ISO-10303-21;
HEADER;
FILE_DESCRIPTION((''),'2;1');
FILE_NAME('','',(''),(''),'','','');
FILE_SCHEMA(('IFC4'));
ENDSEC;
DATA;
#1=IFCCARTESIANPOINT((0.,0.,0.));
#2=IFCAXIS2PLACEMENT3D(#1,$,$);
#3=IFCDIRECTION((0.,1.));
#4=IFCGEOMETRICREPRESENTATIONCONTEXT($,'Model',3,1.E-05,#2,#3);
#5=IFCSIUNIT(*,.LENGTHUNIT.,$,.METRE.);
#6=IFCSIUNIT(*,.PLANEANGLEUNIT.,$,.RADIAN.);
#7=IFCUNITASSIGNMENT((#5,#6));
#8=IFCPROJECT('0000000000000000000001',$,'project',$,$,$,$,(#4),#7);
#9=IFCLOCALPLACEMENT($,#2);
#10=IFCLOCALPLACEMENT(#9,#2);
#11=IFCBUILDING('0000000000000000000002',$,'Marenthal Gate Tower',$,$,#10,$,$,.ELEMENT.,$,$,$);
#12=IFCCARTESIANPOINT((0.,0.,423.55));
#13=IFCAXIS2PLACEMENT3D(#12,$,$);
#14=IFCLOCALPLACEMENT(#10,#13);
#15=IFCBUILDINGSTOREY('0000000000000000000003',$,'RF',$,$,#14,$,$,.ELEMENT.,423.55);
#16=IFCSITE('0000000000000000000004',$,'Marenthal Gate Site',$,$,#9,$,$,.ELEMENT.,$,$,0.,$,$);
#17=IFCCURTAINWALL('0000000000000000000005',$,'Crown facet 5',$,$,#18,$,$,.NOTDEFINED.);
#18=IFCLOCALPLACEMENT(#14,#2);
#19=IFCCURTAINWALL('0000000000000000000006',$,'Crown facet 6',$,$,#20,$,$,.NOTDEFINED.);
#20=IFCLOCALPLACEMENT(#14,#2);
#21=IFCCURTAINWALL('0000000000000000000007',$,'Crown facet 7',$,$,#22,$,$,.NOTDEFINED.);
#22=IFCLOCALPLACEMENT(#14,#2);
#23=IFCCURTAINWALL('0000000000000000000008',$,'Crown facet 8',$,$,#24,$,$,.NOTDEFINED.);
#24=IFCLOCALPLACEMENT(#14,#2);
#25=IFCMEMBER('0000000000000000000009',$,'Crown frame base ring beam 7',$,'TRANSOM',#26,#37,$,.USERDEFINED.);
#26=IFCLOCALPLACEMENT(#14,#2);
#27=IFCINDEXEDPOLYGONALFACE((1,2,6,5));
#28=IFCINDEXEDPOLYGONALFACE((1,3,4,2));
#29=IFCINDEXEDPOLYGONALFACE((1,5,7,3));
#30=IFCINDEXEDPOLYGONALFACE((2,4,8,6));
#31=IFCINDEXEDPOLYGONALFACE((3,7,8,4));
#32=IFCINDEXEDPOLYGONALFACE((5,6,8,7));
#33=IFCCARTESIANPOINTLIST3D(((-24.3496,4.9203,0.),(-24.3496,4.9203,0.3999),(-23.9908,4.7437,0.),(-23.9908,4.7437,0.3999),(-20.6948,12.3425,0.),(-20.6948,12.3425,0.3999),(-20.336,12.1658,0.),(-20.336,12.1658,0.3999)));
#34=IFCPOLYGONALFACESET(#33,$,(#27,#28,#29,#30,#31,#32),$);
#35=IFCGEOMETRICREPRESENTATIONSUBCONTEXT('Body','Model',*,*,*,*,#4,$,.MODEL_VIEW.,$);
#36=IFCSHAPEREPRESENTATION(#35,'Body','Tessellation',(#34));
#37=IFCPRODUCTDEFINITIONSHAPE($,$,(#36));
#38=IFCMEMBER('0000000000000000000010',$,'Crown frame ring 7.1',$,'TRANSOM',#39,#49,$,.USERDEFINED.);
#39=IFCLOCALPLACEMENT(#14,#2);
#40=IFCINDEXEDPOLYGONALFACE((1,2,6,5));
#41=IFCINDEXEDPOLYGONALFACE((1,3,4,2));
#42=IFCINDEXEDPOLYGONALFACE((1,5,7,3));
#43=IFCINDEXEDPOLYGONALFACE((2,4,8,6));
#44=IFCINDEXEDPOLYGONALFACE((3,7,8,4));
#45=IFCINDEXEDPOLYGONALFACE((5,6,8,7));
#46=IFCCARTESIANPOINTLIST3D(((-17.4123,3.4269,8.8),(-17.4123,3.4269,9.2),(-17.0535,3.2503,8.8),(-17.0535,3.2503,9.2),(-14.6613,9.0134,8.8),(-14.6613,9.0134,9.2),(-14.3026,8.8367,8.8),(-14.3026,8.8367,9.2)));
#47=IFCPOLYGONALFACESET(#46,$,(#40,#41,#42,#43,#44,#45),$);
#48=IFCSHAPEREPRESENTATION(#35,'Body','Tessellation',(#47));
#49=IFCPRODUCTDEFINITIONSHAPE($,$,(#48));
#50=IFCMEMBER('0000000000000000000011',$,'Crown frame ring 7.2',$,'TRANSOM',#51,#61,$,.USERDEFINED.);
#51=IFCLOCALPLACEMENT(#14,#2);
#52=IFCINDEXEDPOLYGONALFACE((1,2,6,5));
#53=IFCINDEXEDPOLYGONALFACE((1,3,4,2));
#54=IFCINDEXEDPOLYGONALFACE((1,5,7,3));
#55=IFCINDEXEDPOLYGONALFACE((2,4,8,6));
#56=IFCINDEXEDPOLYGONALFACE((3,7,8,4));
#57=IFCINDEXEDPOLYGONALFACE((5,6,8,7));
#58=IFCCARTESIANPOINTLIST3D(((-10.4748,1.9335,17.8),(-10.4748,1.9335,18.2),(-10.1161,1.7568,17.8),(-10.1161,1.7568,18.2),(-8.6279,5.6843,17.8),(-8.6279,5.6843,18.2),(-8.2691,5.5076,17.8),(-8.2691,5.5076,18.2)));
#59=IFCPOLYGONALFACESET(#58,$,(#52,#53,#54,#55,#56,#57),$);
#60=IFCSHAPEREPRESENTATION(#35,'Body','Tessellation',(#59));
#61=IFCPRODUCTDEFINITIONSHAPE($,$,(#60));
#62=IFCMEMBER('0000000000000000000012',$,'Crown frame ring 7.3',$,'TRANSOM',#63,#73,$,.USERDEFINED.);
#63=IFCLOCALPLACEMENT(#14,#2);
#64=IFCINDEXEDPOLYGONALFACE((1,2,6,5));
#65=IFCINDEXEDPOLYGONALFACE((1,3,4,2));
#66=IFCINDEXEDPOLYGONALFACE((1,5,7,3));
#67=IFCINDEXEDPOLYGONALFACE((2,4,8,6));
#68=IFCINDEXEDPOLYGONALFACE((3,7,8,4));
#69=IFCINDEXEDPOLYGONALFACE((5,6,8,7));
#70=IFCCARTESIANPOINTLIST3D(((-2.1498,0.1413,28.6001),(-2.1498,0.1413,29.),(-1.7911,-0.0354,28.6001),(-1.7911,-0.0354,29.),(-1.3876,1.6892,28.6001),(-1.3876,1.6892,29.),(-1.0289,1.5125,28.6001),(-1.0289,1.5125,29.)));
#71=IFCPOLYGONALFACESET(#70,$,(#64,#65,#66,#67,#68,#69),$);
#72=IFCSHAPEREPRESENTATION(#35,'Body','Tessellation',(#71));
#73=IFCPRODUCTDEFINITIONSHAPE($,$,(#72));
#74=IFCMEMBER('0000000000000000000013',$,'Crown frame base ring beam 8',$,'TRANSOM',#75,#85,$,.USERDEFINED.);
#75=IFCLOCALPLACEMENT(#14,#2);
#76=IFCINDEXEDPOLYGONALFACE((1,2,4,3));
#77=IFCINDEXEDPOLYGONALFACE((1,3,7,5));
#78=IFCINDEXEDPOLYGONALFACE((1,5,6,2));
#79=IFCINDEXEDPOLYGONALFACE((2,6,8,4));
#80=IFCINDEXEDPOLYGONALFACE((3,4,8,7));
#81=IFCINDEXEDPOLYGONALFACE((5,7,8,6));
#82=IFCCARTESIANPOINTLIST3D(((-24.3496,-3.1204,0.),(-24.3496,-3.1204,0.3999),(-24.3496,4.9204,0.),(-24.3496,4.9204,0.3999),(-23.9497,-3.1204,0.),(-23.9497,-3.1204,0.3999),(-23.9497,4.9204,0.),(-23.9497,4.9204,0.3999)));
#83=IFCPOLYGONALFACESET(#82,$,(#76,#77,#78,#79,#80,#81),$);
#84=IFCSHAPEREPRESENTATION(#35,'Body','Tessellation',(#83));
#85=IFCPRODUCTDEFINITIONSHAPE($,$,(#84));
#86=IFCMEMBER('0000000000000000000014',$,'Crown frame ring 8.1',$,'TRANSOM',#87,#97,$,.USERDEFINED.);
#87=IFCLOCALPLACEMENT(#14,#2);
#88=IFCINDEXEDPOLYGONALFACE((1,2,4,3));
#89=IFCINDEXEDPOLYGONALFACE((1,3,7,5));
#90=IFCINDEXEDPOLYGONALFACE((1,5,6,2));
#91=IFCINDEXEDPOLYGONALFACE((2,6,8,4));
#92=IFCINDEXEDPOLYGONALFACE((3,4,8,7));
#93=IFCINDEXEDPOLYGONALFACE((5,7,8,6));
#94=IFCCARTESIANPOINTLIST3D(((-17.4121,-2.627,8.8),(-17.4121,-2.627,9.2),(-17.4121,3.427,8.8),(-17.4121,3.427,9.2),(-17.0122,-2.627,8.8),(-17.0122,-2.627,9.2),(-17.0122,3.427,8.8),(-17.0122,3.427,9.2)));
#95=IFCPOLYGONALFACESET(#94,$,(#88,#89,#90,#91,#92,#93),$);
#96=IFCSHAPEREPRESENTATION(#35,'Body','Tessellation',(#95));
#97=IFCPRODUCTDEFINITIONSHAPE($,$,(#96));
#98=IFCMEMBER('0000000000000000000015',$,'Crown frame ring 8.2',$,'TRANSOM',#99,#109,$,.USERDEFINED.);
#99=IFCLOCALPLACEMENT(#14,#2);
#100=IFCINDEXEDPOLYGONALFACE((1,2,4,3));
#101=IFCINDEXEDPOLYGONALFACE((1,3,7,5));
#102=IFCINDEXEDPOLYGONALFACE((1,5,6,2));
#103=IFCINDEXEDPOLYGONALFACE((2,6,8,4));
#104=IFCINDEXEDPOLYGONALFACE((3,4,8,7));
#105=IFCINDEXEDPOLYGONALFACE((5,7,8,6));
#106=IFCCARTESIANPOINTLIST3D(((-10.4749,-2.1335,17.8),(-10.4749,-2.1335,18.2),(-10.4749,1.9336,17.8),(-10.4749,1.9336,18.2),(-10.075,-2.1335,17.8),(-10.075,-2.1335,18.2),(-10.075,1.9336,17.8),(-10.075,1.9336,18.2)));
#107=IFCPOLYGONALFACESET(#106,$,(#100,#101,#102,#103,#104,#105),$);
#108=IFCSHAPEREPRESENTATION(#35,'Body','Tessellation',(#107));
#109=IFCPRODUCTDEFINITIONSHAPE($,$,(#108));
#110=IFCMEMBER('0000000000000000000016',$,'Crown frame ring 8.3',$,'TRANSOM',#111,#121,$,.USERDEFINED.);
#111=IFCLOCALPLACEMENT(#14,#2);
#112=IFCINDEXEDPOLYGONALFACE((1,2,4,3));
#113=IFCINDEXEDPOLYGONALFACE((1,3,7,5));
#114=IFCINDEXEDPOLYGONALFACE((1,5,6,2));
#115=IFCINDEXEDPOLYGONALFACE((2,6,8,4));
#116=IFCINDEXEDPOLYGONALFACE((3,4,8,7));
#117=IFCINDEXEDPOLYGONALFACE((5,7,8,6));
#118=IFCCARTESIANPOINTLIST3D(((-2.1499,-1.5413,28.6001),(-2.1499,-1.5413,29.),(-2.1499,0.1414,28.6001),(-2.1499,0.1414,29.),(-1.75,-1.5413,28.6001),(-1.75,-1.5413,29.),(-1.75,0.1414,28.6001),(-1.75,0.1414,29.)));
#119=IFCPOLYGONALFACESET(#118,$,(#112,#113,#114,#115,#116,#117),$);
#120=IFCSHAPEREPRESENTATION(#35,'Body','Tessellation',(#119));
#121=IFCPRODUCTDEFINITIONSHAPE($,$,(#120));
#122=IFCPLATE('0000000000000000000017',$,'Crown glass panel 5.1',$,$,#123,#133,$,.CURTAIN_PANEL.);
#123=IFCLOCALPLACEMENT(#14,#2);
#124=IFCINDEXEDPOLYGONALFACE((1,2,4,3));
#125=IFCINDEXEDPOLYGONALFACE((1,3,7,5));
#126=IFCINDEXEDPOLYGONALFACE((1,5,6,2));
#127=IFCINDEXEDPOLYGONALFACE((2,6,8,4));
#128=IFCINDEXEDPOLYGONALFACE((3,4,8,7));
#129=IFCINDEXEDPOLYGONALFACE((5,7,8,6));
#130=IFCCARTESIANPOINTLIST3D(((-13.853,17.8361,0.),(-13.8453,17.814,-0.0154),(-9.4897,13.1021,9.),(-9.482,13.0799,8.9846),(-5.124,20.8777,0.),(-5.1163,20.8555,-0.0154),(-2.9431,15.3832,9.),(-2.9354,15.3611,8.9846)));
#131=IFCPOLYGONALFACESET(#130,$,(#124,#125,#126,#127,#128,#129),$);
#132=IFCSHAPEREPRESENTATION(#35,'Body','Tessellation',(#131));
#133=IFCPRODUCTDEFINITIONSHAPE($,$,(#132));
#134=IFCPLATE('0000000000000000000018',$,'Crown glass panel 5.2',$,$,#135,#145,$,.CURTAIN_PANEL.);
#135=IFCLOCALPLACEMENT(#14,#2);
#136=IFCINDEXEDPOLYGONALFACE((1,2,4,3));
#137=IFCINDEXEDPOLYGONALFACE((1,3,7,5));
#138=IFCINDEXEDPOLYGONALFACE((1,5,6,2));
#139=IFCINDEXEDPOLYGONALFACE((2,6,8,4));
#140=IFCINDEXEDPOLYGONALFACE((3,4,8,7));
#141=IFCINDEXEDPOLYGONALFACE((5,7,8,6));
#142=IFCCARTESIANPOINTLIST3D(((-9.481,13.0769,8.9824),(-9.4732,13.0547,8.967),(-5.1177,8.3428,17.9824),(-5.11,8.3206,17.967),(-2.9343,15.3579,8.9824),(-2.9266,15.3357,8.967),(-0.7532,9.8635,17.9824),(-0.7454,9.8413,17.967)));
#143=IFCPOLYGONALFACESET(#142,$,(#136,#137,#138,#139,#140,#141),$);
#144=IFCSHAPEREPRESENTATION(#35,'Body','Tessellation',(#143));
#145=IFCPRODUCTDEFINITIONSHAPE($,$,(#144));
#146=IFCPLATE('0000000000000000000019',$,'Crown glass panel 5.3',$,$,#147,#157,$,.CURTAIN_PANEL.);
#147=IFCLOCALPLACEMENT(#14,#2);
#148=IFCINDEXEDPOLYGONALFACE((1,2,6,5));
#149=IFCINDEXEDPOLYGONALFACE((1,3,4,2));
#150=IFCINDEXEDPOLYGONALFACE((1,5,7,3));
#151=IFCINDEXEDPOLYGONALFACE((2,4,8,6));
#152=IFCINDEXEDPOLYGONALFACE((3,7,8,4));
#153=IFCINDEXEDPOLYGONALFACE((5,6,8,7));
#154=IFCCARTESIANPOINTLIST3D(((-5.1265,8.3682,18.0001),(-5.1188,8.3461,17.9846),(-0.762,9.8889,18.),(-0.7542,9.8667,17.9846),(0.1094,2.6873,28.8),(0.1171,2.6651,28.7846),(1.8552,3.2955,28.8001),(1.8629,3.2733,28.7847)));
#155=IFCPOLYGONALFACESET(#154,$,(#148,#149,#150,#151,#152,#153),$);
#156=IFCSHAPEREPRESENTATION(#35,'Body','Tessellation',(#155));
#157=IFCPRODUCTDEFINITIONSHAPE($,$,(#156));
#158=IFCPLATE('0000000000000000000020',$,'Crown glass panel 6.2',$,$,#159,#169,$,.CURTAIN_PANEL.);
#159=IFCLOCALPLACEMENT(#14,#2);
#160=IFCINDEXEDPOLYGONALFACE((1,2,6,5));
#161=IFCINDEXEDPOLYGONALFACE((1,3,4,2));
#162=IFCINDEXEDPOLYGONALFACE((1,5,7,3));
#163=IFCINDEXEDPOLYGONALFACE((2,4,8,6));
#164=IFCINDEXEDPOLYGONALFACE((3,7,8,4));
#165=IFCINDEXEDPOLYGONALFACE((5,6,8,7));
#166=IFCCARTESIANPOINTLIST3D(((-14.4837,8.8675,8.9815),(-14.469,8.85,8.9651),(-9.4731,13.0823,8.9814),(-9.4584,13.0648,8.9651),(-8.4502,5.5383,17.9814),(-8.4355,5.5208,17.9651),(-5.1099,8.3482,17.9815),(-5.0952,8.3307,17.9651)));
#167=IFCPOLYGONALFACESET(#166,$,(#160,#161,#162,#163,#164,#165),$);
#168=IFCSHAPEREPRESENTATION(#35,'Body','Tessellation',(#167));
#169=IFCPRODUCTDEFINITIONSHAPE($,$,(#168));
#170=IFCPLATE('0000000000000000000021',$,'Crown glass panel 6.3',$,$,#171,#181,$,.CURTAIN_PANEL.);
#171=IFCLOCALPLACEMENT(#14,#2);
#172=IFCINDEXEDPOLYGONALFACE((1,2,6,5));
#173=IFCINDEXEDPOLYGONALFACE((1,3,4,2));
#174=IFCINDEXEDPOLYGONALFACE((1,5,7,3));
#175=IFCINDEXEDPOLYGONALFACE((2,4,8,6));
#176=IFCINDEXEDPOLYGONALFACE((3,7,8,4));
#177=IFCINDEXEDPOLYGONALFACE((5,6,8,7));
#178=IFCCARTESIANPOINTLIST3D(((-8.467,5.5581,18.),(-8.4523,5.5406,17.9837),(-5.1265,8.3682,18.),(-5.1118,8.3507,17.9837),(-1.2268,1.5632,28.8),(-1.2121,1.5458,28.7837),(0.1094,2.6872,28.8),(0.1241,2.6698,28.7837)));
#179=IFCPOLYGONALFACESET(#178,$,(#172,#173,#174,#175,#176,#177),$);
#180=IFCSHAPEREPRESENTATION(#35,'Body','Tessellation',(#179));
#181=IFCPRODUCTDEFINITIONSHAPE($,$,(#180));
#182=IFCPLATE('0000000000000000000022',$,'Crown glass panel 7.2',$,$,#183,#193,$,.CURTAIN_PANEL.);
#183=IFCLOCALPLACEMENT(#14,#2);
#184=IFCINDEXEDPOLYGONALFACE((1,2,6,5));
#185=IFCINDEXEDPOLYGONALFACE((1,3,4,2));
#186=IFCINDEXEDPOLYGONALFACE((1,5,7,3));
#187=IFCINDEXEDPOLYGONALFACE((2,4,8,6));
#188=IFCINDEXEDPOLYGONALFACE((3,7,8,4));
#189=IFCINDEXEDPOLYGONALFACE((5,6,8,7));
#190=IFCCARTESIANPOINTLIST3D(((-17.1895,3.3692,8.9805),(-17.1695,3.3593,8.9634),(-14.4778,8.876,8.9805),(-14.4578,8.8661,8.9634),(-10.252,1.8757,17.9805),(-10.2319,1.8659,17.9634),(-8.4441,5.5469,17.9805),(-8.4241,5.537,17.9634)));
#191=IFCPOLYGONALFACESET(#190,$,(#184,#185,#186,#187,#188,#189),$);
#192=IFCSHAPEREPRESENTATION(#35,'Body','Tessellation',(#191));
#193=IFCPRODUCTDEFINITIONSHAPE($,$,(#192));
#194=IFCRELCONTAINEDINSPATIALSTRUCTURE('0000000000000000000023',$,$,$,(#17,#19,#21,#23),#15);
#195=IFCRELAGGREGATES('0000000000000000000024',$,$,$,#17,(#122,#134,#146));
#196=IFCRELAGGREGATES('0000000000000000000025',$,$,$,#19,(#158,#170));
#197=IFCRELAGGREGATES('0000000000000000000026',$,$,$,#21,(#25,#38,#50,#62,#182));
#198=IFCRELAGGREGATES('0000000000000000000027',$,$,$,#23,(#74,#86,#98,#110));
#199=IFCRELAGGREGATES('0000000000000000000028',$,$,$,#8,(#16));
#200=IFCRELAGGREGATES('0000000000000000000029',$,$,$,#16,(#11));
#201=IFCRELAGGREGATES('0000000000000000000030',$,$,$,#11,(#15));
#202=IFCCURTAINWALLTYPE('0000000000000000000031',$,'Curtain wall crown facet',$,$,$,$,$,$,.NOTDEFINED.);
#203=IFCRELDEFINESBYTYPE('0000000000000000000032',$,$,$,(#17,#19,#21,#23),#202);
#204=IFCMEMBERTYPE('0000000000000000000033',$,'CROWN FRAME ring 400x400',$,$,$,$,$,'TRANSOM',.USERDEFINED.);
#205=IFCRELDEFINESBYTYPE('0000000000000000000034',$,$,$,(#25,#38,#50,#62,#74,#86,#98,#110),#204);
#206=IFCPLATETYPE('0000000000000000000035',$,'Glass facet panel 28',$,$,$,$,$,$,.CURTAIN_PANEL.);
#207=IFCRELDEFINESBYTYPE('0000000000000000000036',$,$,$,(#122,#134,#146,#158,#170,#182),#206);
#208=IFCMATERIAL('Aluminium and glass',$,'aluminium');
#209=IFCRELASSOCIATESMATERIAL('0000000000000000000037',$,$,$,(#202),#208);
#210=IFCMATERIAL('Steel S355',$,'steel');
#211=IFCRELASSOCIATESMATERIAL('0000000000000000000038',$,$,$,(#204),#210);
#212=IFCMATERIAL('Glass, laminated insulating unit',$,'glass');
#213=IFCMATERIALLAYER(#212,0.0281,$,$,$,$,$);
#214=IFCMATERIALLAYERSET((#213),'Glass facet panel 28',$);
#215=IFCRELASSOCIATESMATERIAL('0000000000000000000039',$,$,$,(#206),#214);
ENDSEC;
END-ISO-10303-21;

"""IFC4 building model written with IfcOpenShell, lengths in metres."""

from ifc_helpers import new_model, si_unit, direction, frame, origin, origin_2d, place, context, subcontext, project, spatial, polyline, rectangle, outline, extrude, material, layer, layer_set, material_profile, profile_set, type_object, element, aggregate, save


model = new_model("IFC4")

# Units and contexts
model_context = context("Model", 3, precision=1e-05, world=origin(), true_north=direction((0.0, 1.0)))
body_context = subcontext(model_context, "Body", "Model", "MODEL_VIEW")
ifc_project = project(units=[si_unit("LENGTHUNIT", "METRE"), si_unit("PLANEANGLEUNIT", "RADIAN")], contexts=[model_context])

# Site, building, storey
site_placement = place(None, origin())
site = spatial("IfcSite", under=ifc_project, at=site_placement, Name="Marenthal Gate Site", CompositionType="ELEMENT", RefElevation=0.0)
building_placement = place(site_placement, origin())
building = spatial("IfcBuilding", under=site, at=building_placement, Name="Marenthal Gate Tower", CompositionType="ELEMENT")
storey_placement = place(building_placement, frame((0.0, 0.0, 423.55)))
storey = spatial("IfcBuildingStorey", under=building, at=storey_placement, Name="RF", CompositionType="ELEMENT", Elevation=423.55)

# Curtain walls
ifc_material_1 = material(Name="Aluminium and glass", Category="aluminium")
curtain_wall_type = type_object("IfcCurtainWallType", Name="Curtain wall crown facet", PredefinedType="NOTDEFINED", material=ifc_material_1)
curtain_wall_1_placement = place(storey_placement, origin())
curtain_wall_1 = element("IfcCurtainWall", 1, at=curtain_wall_1_placement, inside=storey, type_object=curtain_wall_type, Name="Crown facet 5", PredefinedType="NOTDEFINED")
curtain_wall_2_placement = place(storey_placement, origin())
curtain_wall_2 = element("IfcCurtainWall", 2, at=curtain_wall_2_placement, inside=storey, type_object=curtain_wall_type, Name="Crown facet 6", PredefinedType="NOTDEFINED")
curtain_wall_3_placement = place(storey_placement, origin())
curtain_wall_3 = element("IfcCurtainWall", 3, at=curtain_wall_3_placement, inside=storey, type_object=curtain_wall_type, Name="Crown facet 7", PredefinedType="NOTDEFINED")
curtain_wall_4_placement = place(storey_placement, origin())
curtain_wall_4 = element("IfcCurtainWall", 4, at=curtain_wall_4_placement, inside=storey, type_object=curtain_wall_type, Name="Crown facet 8", PredefinedType="NOTDEFINED")

# Members
ifc_material_2 = material(Name="Steel S355", Category="steel")
ifc_material_profile_1 = material_profile(ifc_material_2, rectangle(XDim=0.3999, YDim=0.3999, at=origin_2d()), Name="Crown frame ring 400x400")
ifc_profile_set_1 = profile_set([ifc_material_profile_1], Name="Steel S355")
member_type_1 = type_object("IfcMemberType", Name="CROWN FRAME ring 400x400", ElementType="TRANSOM", PredefinedType="USERDEFINED", material=ifc_profile_set_1)
member_1_placement = place(storey_placement, frame((-20.5154, 12.2542, 0.2), z_axis=(-0.441764, -0.897131, 0.0), x_axis=(0.897131, -0.441764, 0.0)))
member_1 = element("IfcMember", 5, at=member_1_placement, type_object=member_type_1, Name="Crown frame base ring beam 7", ObjectType="TRANSOM", PredefinedType="USERDEFINED", context=body_context, shape_type="SweptSolid", body=[
    extrude(rectangle(XDim=0.3999, YDim=0.3999, at=origin_2d()), origin(), (0.0, 0.0, 1.0), 8.2732),
])
member_2_placement = place(storey_placement, frame((-14.4819, 8.925, 9.0), z_axis=(-0.441779, -0.897124, 0.0), x_axis=(0.897124, -0.441779, 0.0)))
member_2 = element("IfcMember", 6, at=member_2_placement, type_object=member_type_1, Name="Crown frame ring 7.1", ObjectType="TRANSOM", PredefinedType="USERDEFINED", context=body_context, shape_type="SweptSolid", body=[
    extrude(rectangle(XDim=0.3999, YDim=0.3999, at=origin_2d()), origin(), (0.0, 0.0, 1.0), 6.2271),
])
member_3_placement = place(storey_placement, frame((-8.4485, 5.5959, 18.0), z_axis=(-0.441763, -0.897132, 0.0), x_axis=(0.897132, -0.441763, 0.0)))
member_3 = element("IfcMember", 7, at=member_3_placement, type_object=member_type_1, Name="Crown frame ring 7.2", ObjectType="TRANSOM", PredefinedType="USERDEFINED", context=body_context, shape_type="SweptSolid", body=[
    extrude(rectangle(XDim=0.3999, YDim=0.3999, at=origin_2d()), origin(), (0.0, 0.0, 1.0), 4.1809),
])
member_4_placement = place(storey_placement, frame((-1.2083, 1.6008, 28.8), z_axis=(-0.441772, -0.897128, 0.0), x_axis=(0.897128, -0.441772, 0.0)))
member_4 = element("IfcMember", 8, at=member_4_placement, type_object=member_type_1, Name="Crown frame ring 7.3", ObjectType="TRANSOM", PredefinedType="USERDEFINED", context=body_context, shape_type="SweptSolid", body=[
    extrude(rectangle(XDim=0.3999, YDim=0.3999, at=origin_2d()), origin(), (0.0, 0.0, 1.0), 1.7253),
])
member_5_placement = place(storey_placement, frame((-24.1497, 4.9204, 0.2), z_axis=(0.0, -1.0, 0.0), x_axis=(1.0, 0.0, 0.0)))
member_5 = element("IfcMember", 9, at=member_5_placement, type_object=member_type_1, Name="Crown frame base ring beam 8", ObjectType="TRANSOM", PredefinedType="USERDEFINED", context=body_context, shape_type="SweptSolid", body=[
    extrude(rectangle(XDim=0.3999, YDim=0.3999, at=origin_2d()), origin(), (0.0, 0.0, 1.0), 8.0408),
])
member_6_placement = place(storey_placement, frame((-17.2122, 3.427, 9.0), z_axis=(0.0, -1.0, 0.0), x_axis=(1.0, 0.0, 0.0)))
member_6 = element("IfcMember", 10, at=member_6_placement, type_object=member_type_1, Name="Crown frame ring 8.1", ObjectType="TRANSOM", PredefinedType="USERDEFINED", context=body_context, shape_type="SweptSolid", body=[
    extrude(rectangle(XDim=0.3999, YDim=0.3999, at=origin_2d()), origin(), (0.0, 0.0, 1.0), 6.054),
])
member_7_placement = place(storey_placement, frame((-10.2749, 1.9336, 18.0), z_axis=(0.0, -1.0, 0.0), x_axis=(1.0, 0.0, 0.0)))
member_7 = element("IfcMember", 11, at=member_7_placement, type_object=member_type_1, Name="Crown frame ring 8.2", ObjectType="TRANSOM", PredefinedType="USERDEFINED", context=body_context, shape_type="SweptSolid", body=[
    extrude(rectangle(XDim=0.3999, YDim=0.3999, at=origin_2d()), origin(), (0.0, 0.0, 1.0), 4.0671),
])
member_8_placement = place(storey_placement, frame((-1.95, 0.1414, 28.8), z_axis=(0.0, -1.0, 0.0), x_axis=(1.0, 0.0, 0.0)))
member_8 = element("IfcMember", 12, at=member_8_placement, type_object=member_type_1, Name="Crown frame ring 8.3", ObjectType="TRANSOM", PredefinedType="USERDEFINED", context=body_context, shape_type="SweptSolid", body=[
    extrude(rectangle(XDim=0.3999, YDim=0.3999, at=origin_2d()), origin(), (0.0, 0.0, 1.0), 1.6826),
])

# Plates
ifc_material_3 = material(Name="Glass, laminated insulating unit", Category="glass")
ifc_layer_1 = layer(ifc_material_3, 0.0281)
ifc_layer_set_1 = layer_set([ifc_layer_1], Name="Glass facet panel 28")
plate_type = type_object("IfcPlateType", Name="Glass facet panel 28", PredefinedType="CURTAIN_PANEL", material=ifc_layer_set_1)
plate_1_placement = place(storey_placement, frame((-5.124, 20.8777, 0.0), z_axis=(-0.275098, 0.789497, 0.548649), x_axis=(-0.944316, -0.329041, -0.000004)))
plate_1 = element("IfcPlate", 13, at=plate_1_placement, type_object=plate_type, Name="Crown glass panel 5.1", PredefinedType="CURTAIN_PANEL", context=body_context, shape_type="SweptSolid", body=[
    extrude(outline(polyline([(0.0, 0.0), (9.2437, 0.0), (6.6811, 10.7649), (-0.2516, 10.7648), (0.0, 0.0)])), origin(), (0.0, 0.0, -1.0), 0.0281),
])
plate_2_placement = place(storey_placement, frame((-2.9343, 15.3579, 8.9824), z_axis=(-0.275085, 0.789501, 0.54865), x_axis=(-0.94432, -0.329027, -0.000002)))
plate_2 = element("IfcPlate", 14, at=plate_2_placement, type_object=plate_type, Name="Crown glass panel 5.2", PredefinedType="CURTAIN_PANEL", context=body_context, shape_type="SweptSolid", body=[
    extrude(outline(polyline([(0.0, 0.0), (6.9326, 0.0), (4.3699, 10.7649), (-0.2519, 10.7649), (0.0, 0.0)])), origin(), (0.0, 0.0, -1.0), 0.0281),
])
plate_3_placement = place(storey_placement, frame((-0.762, 9.8889, 18.0), z_axis=(-0.275072, 0.789506, 0.548649), x_axis=(-0.944323, -0.329019, 0.000011)))
plate_3 = element("IfcPlate", 15, at=plate_3_placement, type_object=plate_type, Name="Crown glass panel 5.3", PredefinedType="CURTAIN_PANEL", context=body_context, shape_type="SweptSolid", body=[
    extrude(outline(polyline([(0.0, 0.0), (4.6219, 0.0), (1.5468, 12.9179), (-0.302, 12.918), (0.0, 0.0)])), origin(), (0.0, 0.0, -1.0), 0.0281),
])
aggregate(curtain_wall_1, [plate_1, plate_2, plate_3])
plate_4_placement = place(storey_placement, frame((-9.4731, 13.0823, 8.9814), z_axis=(-0.52374, 0.622616, 0.581416), x_axis=(-0.765254, -0.643729, 0.000003)))
plate_4 = element("IfcPlate", 16, at=plate_4_placement, type_object=plate_type, Name="Crown glass panel 6.2", PredefinedType="CURTAIN_PANEL", context=body_context, shape_type="SweptSolid", body=[
    extrude(outline(polyline([(0.0, 0.0), (6.5475, 0.0), (4.0735, 11.0618), (-0.2915, 11.0619), (0.0, 0.0)])), origin(), (0.0, 0.0, -1.0), 0.0281),
])
plate_5_placement = place(storey_placement, frame((-5.1265, 8.3682, 18.0), z_axis=(-0.523744, 0.622617, 0.581413), x_axis=(-0.765254, -0.643728, -0.000002)))
plate_5 = element("IfcPlate", 17, at=plate_5_placement, type_object=plate_type, Name="Crown glass panel 6.3", PredefinedType="CURTAIN_PANEL", context=body_context, shape_type="SweptSolid", body=[
    extrude(outline(polyline([(0.0, 0.0), (4.3653, 0.0), (1.3963, 13.2743), (-0.3498, 13.2742), (0.0, 0.0)])), origin(), (0.0, 0.0, -1.0), 0.0281),
])
aggregate(curtain_wall_2, [plate_4, plate_5])
plate_6_placement = place(storey_placement, frame((-14.4778, 8.876, 8.9805), z_axis=(-0.712591, 0.350903, 0.607521), x_axis=(-0.44177, -0.897128, 0.000005)))
plate_6 = element("IfcPlate", 18, at=plate_6_placement, type_object=plate_type, Name="Crown glass panel 7.2", PredefinedType="CURTAIN_PANEL", context=body_context, shape_type="SweptSolid", body=[
    extrude(outline(polyline([(0.0, 0.0), (6.1383, 0.0), (4.4133, 11.3307), (0.3212, 11.3307), (0.0, 0.0)])), origin(), (0.0, 0.0, -1.0), 0.0281),
])
aggregate(curtain_wall_3, [member_1, member_2, member_3, member_4, plate_6])
aggregate(curtain_wall_4, [member_5, member_6, member_7, member_8])

save(model, "model.ifc")
